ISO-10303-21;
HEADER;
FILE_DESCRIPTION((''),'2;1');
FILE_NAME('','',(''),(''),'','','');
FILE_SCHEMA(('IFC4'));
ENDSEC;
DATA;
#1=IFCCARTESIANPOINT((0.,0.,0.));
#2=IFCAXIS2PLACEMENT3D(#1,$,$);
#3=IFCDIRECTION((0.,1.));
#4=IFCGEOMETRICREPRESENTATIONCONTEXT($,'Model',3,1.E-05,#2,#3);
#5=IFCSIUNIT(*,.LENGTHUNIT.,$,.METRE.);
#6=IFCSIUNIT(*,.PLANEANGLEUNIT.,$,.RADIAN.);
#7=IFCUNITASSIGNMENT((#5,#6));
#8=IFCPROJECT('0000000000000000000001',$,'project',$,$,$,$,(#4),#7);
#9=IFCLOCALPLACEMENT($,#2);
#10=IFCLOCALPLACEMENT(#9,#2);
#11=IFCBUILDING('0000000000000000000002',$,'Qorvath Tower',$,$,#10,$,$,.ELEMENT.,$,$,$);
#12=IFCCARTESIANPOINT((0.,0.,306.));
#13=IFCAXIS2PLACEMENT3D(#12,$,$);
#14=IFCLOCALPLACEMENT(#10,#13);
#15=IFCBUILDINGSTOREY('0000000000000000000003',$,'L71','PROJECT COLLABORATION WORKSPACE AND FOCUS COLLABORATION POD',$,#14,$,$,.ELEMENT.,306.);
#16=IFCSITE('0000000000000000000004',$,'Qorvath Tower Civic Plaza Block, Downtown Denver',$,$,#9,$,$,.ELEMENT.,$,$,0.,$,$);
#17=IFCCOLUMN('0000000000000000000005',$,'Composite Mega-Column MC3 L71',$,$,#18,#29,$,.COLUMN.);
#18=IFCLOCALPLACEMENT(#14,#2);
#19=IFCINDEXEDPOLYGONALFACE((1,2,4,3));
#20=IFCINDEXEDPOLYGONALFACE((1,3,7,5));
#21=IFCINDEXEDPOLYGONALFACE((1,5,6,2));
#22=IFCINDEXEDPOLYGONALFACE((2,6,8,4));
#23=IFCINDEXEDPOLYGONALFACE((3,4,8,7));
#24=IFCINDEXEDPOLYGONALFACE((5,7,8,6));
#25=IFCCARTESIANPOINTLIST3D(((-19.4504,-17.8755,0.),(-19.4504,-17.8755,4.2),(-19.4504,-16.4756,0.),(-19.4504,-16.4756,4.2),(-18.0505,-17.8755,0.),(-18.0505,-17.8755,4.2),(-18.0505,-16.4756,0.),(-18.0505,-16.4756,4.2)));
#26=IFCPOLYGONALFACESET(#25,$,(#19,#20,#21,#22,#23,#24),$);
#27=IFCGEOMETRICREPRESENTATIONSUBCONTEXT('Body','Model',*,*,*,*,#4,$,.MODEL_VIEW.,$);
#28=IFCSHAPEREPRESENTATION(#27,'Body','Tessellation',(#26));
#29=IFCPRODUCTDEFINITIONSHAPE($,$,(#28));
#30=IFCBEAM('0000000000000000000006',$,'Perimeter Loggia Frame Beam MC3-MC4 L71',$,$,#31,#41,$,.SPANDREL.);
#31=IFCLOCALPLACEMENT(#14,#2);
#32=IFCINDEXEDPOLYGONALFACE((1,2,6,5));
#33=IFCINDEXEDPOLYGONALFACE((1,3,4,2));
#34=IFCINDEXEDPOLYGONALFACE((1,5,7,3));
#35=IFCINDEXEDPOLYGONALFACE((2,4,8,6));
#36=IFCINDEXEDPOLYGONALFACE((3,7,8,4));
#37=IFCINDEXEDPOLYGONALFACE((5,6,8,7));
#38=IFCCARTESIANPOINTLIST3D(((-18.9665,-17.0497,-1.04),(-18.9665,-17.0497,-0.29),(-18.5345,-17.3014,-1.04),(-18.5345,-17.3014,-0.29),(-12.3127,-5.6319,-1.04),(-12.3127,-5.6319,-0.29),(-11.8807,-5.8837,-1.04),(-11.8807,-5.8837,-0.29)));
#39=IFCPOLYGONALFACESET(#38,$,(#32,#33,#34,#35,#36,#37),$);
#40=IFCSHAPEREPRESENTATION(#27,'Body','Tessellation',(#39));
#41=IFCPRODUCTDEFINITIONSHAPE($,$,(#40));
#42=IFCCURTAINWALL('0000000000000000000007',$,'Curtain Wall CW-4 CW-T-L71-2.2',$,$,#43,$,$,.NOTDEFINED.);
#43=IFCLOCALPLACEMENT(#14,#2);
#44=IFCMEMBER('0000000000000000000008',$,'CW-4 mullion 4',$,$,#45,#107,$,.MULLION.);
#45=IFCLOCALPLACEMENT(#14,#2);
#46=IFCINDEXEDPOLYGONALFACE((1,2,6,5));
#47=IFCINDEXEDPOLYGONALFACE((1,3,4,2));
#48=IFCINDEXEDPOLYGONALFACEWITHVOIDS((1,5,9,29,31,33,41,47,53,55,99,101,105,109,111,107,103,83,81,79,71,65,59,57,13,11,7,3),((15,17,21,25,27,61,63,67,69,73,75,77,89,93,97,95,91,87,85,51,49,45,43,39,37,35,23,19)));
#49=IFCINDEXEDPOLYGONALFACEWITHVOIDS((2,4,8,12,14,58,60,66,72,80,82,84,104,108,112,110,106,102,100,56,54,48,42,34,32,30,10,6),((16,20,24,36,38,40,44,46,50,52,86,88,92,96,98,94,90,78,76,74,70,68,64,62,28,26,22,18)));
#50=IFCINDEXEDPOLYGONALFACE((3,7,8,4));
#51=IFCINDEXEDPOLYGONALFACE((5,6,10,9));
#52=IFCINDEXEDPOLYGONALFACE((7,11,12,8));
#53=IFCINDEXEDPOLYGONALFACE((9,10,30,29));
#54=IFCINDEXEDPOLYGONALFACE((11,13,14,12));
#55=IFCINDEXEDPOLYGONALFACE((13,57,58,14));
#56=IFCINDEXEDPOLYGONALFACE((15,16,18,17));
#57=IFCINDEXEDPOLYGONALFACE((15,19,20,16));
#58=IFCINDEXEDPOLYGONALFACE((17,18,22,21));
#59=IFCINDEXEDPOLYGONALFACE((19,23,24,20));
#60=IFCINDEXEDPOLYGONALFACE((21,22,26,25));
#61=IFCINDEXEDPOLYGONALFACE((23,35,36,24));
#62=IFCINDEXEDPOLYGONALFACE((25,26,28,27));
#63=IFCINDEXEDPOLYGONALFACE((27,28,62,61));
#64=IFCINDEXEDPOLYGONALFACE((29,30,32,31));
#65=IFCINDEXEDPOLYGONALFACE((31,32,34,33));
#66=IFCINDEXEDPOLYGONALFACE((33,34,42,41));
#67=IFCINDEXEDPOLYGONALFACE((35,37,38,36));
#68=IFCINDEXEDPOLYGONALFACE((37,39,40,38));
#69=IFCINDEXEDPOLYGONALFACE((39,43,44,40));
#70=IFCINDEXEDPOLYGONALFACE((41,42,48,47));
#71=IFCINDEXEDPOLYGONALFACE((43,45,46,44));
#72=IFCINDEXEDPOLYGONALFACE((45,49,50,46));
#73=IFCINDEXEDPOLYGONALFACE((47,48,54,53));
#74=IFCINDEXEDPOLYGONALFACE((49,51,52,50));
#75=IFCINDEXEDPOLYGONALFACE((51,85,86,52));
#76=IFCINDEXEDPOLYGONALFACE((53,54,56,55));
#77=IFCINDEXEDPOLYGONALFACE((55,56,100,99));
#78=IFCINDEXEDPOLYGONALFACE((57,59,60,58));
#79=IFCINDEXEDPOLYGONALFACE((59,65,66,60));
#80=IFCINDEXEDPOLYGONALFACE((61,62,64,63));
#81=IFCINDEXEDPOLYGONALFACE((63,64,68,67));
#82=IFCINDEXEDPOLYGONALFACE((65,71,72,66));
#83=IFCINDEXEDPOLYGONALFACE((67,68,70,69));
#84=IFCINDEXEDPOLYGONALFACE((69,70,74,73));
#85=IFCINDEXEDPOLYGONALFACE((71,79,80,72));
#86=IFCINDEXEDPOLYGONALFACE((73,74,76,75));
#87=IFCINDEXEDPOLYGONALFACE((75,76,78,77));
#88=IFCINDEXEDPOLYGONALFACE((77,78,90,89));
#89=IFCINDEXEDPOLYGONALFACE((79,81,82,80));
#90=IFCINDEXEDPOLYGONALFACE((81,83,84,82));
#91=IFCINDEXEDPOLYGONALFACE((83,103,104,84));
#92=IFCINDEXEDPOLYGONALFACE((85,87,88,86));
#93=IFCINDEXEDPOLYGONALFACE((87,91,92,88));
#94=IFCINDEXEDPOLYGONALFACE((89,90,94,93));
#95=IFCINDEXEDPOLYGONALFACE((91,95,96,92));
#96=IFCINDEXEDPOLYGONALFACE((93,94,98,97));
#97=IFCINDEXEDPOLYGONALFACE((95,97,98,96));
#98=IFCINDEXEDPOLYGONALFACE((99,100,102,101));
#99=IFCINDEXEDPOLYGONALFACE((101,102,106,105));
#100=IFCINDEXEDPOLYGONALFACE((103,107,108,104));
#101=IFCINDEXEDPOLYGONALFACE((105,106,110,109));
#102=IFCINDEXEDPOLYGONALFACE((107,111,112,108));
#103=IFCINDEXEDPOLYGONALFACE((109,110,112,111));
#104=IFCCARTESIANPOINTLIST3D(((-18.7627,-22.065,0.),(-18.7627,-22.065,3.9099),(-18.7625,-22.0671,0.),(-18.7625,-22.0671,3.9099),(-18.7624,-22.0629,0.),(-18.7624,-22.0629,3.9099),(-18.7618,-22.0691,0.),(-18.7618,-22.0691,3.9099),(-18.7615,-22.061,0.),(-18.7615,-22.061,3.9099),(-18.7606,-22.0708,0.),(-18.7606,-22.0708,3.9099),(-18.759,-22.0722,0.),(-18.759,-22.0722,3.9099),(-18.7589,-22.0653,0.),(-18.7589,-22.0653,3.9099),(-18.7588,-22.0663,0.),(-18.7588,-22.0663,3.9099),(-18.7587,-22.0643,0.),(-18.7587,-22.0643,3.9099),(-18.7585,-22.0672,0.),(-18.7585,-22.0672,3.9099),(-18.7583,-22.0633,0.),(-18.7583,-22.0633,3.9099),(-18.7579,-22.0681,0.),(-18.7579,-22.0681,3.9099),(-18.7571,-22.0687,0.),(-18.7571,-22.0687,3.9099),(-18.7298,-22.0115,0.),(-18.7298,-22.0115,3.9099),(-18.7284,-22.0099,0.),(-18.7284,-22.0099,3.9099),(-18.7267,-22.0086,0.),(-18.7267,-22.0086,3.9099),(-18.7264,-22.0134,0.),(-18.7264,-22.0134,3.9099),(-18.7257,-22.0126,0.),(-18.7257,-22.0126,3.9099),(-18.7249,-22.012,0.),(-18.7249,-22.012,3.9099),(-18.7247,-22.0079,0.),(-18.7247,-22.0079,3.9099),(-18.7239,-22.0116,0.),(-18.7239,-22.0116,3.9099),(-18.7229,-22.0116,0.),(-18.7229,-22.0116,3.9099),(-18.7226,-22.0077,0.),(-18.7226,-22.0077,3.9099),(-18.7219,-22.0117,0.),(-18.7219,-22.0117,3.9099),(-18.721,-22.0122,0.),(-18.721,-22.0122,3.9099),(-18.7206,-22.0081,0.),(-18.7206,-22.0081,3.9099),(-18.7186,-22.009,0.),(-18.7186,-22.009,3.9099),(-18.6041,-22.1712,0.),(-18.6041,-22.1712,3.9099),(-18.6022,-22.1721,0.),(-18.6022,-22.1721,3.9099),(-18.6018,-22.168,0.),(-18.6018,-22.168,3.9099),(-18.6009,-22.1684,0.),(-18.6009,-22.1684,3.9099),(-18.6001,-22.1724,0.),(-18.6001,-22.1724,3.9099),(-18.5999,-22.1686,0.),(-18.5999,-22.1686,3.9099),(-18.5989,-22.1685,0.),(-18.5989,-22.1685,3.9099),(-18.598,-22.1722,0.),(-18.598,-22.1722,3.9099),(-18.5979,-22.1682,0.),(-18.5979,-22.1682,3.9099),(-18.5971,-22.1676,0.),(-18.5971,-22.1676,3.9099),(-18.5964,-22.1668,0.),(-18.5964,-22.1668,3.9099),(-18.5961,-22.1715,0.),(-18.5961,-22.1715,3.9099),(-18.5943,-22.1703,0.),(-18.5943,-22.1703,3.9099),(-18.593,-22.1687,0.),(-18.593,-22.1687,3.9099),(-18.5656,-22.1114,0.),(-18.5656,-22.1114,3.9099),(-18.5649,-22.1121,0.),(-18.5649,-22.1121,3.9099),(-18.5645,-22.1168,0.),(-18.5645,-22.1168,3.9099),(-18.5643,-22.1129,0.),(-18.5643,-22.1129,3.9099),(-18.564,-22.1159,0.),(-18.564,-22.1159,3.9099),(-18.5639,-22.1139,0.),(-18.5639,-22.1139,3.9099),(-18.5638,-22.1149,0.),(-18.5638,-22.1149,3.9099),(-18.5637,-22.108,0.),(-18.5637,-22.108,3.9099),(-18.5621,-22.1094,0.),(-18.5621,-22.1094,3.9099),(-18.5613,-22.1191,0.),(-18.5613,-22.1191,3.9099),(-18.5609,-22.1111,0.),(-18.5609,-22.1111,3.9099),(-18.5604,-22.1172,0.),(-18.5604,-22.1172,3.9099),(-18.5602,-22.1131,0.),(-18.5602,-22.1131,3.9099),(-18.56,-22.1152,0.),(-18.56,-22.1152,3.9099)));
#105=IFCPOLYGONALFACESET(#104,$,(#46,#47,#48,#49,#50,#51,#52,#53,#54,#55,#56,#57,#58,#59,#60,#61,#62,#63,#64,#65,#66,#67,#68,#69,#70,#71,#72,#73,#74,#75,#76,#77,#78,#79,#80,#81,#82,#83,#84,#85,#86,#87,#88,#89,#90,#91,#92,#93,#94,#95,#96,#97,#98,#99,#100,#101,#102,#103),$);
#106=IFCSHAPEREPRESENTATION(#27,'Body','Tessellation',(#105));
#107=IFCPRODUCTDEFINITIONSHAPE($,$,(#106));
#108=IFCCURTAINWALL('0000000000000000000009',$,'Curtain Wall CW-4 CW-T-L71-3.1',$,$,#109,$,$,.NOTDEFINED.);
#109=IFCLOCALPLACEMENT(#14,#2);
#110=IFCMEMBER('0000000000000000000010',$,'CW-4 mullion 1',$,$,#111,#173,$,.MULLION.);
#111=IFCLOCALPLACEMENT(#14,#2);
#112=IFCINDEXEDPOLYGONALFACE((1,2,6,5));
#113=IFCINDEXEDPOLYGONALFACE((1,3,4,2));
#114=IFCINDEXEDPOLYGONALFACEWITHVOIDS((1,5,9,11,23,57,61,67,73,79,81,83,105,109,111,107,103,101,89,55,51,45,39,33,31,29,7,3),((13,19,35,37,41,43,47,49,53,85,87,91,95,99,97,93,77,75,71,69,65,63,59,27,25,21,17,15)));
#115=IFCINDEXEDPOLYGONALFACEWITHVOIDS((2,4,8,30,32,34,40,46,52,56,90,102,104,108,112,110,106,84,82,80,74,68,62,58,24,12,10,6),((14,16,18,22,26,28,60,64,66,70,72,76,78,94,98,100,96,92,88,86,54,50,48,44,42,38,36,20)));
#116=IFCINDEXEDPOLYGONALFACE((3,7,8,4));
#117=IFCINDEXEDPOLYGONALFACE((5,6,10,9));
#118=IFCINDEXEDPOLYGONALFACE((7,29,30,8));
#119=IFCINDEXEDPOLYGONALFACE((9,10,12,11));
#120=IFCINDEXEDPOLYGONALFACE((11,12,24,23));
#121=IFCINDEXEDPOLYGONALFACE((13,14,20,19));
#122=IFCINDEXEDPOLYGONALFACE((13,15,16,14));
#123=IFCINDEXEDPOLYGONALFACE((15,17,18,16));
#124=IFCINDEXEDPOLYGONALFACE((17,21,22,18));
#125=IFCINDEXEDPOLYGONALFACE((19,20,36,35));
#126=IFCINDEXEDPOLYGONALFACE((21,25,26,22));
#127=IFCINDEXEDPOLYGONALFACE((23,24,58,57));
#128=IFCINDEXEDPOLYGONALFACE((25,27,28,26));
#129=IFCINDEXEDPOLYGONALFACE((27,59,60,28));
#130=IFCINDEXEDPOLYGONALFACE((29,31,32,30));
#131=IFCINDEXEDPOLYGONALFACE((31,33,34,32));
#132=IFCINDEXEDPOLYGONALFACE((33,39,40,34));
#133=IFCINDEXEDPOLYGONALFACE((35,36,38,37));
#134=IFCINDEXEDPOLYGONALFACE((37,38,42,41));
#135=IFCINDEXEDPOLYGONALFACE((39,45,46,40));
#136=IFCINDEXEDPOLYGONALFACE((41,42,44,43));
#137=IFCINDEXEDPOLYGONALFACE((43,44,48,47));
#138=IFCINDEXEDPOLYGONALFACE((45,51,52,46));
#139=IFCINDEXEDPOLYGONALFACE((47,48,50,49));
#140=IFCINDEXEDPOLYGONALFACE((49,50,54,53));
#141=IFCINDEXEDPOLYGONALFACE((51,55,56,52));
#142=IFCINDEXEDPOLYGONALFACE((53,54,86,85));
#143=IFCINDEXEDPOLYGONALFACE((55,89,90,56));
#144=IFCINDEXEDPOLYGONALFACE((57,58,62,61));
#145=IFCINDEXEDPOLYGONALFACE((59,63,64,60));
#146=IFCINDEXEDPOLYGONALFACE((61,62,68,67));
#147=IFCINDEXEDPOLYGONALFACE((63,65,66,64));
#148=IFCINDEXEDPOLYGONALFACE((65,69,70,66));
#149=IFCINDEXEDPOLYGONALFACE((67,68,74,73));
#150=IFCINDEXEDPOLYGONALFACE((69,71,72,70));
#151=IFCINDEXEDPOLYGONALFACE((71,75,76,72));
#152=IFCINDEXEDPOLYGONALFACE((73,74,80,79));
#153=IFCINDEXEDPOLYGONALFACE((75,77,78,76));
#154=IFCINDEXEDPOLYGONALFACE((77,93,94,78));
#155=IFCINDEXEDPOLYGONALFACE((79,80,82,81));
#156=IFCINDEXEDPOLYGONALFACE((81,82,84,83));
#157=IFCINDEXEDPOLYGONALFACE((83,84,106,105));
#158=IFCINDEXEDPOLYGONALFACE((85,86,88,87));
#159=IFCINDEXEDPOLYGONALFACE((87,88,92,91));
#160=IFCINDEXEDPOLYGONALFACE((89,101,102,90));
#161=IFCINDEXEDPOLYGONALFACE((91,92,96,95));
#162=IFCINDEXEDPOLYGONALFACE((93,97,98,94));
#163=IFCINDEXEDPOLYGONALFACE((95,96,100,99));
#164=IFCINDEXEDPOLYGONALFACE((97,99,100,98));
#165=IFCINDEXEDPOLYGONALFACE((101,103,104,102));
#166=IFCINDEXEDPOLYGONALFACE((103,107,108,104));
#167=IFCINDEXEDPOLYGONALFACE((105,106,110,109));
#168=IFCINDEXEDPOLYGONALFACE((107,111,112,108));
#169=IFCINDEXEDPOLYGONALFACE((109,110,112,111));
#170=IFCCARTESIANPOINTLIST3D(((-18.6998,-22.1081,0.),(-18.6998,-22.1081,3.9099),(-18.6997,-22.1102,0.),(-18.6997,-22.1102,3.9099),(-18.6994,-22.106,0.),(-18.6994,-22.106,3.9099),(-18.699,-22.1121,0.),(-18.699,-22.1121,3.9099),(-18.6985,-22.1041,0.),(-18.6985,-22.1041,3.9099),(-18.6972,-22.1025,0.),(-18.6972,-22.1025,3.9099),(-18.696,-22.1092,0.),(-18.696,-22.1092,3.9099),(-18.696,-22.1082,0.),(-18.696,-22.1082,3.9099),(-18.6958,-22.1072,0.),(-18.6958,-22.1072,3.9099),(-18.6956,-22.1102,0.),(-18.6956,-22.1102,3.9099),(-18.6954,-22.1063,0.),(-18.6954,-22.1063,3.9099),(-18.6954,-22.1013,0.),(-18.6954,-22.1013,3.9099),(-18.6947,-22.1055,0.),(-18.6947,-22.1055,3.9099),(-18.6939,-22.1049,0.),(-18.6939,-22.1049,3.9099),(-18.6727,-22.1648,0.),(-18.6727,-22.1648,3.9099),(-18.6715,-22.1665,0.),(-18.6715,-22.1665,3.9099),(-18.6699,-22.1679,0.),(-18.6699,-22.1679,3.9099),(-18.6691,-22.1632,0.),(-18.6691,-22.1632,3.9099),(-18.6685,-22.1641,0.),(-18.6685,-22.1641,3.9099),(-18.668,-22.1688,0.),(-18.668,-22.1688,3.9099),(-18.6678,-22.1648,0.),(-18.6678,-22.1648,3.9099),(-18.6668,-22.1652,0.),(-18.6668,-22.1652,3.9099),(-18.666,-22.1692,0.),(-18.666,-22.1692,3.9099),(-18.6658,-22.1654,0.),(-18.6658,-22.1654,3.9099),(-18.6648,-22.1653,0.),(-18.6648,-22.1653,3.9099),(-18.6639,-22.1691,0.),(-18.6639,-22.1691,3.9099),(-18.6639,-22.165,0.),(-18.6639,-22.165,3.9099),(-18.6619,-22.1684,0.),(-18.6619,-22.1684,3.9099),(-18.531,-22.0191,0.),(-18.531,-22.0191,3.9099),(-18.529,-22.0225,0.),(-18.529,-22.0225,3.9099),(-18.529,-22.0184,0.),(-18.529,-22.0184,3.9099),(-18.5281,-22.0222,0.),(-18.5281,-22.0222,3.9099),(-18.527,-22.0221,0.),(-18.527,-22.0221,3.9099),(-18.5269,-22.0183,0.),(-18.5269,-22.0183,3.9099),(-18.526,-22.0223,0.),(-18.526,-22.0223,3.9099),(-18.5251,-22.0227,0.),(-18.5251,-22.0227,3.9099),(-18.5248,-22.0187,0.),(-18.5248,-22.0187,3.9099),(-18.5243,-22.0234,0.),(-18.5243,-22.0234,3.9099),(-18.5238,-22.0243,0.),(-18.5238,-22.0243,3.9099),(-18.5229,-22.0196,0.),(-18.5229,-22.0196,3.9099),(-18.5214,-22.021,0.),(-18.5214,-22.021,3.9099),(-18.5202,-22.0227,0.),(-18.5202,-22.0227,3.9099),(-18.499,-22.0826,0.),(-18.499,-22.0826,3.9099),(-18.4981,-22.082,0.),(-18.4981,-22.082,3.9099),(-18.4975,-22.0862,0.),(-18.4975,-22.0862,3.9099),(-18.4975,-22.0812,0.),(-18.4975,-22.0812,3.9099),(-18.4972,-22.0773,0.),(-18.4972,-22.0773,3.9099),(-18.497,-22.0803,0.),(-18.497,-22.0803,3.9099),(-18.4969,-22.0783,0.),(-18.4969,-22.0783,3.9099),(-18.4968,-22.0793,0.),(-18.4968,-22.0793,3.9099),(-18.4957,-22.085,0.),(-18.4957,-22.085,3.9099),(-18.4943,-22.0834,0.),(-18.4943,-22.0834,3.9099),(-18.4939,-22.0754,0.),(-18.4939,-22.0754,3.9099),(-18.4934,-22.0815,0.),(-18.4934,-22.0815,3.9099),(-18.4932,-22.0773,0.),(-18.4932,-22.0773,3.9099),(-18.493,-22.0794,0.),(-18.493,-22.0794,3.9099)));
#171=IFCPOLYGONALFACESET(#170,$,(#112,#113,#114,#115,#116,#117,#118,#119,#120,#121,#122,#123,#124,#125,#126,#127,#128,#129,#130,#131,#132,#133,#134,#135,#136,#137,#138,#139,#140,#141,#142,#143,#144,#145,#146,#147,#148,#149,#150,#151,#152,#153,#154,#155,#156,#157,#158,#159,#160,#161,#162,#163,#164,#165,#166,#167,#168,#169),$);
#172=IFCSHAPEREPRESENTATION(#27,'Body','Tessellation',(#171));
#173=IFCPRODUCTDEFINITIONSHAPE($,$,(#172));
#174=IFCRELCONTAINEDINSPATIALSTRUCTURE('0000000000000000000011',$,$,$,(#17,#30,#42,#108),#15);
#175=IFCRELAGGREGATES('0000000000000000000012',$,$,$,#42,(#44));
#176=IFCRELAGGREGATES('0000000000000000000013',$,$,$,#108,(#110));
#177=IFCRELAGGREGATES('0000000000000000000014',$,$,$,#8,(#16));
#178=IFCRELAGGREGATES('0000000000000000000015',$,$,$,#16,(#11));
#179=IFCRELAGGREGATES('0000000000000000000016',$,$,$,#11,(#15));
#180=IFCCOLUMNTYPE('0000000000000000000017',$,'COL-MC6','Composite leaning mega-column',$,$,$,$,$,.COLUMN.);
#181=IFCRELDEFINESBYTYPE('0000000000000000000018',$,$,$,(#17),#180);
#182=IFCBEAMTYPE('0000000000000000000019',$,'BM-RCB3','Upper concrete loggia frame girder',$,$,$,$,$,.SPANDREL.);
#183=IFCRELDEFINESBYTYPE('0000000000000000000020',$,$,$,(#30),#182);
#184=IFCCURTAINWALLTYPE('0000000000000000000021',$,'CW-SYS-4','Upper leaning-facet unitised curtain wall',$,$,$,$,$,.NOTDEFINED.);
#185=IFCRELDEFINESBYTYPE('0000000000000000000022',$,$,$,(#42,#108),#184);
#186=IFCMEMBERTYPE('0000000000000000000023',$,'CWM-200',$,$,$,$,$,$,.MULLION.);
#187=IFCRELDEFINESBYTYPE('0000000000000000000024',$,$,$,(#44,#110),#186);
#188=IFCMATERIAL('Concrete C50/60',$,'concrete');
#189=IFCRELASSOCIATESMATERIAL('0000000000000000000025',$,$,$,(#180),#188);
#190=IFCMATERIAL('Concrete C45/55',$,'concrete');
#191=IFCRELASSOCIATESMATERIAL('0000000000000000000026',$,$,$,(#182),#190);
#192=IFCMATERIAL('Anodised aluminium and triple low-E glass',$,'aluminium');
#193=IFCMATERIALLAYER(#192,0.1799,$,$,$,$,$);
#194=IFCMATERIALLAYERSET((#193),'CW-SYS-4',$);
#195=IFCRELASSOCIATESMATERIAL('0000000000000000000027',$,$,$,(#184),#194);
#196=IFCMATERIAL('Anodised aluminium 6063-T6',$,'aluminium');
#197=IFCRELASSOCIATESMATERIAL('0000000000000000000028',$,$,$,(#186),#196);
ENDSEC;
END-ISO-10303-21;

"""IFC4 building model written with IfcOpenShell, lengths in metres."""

from ifc_helpers import new_model, si_unit, direction, frame, origin, origin_2d, place, context, subcontext, project, spatial, rectangle, hollow_rectangle, extrude, material, layer, layer_set, material_profile, profile_set, type_object, element, aggregate, save


model = new_model("IFC4")

# Units and contexts
model_context = context("Model", 3, precision=1e-05, world=origin(), true_north=direction((0.0, 1.0)))
body_context = subcontext(model_context, "Body", "Model", "MODEL_VIEW")
ifc_project = project(units=[si_unit("LENGTHUNIT", "METRE"), si_unit("PLANEANGLEUNIT", "RADIAN")], contexts=[model_context])

# Site, building, storey
site_placement = place(None, origin())
site = spatial("IfcSite", under=ifc_project, at=site_placement, Name="Qorvath Tower Civic Plaza Block, Downtown Denver", CompositionType="ELEMENT", RefElevation=0.0)
building_placement = place(site_placement, origin())
building = spatial("IfcBuilding", under=site, at=building_placement, Name="Qorvath Tower", CompositionType="ELEMENT")
storey_placement = place(building_placement, frame((0.0, 0.0, 306.0)))
storey = spatial("IfcBuildingStorey", under=building, at=storey_placement, Name="L71", Description="PROJECT COLLABORATION WORKSPACE AND FOCUS COLLABORATION POD", CompositionType="ELEMENT", Elevation=306.0)

# Column
ifc_material_1 = material(Name="Concrete C50/60", Category="concrete")
ifc_material_profile_1 = material_profile(ifc_material_1, rectangle(XDim=1.3999, YDim=1.3999, at=origin_2d()), Name="MC 1400x1400")
ifc_profile_set_1 = profile_set([ifc_material_profile_1], Name="Concrete C50/60")
column_type = type_object("IfcColumnType", Name="COL-MC6", Description="Composite leaning mega-column", PredefinedType="COLUMN", material=ifc_profile_set_1)
column_placement = place(storey_placement, frame((-18.7505, -17.1755, 0.0), z_axis=(0.0, 0.0, 1.0), x_axis=(1.0, 0.0, 0.0)))
element("IfcColumn", 1, at=column_placement, inside=storey, type_object=column_type, Name="Composite Mega-Column MC3 L71", PredefinedType="COLUMN", context=body_context, shape_type="SweptSolid", body=[
    extrude(rectangle(XDim=1.3999, YDim=1.3999, at=origin_2d()), origin(), (0.0, 0.0, 1.0), 4.2),
])

# Beam
ifc_material_2 = material(Name="Concrete C45/55", Category="concrete")
ifc_material_profile_2 = material_profile(ifc_material_2, rectangle(XDim=0.5, YDim=0.75, at=origin_2d()), Name="RCB 750x500")
ifc_profile_set_2 = profile_set([ifc_material_profile_2], Name="Concrete C45/55")
beam_type = type_object("IfcBeamType", Name="BM-RCB3", Description="Upper concrete loggia frame girder", PredefinedType="SPANDREL", material=ifc_profile_set_2)
beam_placement = place(storey_placement, frame((-18.7505, -17.1755, -0.665), z_axis=(0.503502, 0.863994, 0.0), x_axis=(-0.863994, 0.503502, 0.0)))
element("IfcBeam", 2, at=beam_placement, inside=storey, type_object=beam_type, Name="Perimeter Loggia Frame Beam MC3-MC4 L71", PredefinedType="SPANDREL", context=body_context, shape_type="SweptSolid", body=[
    extrude(rectangle(XDim=0.5, YDim=0.75, at=origin_2d()), origin(), (0.0, 0.0, 1.0), 13.2151),
])

# Curtain wall, member
ifc_material_3 = material(Name="Anodised aluminium and triple low-E glass", Category="aluminium")
ifc_layer_1 = layer(ifc_material_3, 0.1799)
ifc_layer_set_1 = layer_set([ifc_layer_1], Name="CW-SYS-4")
curtain_wall_type = type_object("IfcCurtainWallType", Name="CW-SYS-4", Description="Upper leaning-facet unitised curtain wall", PredefinedType="NOTDEFINED", material=ifc_layer_set_1)
curtain_wall_1_placement = place(storey_placement, origin())
curtain_wall_1 = element("IfcCurtainWall", 3, at=curtain_wall_1_placement, inside=storey, type_object=curtain_wall_type, Name="Curtain Wall CW-4 CW-T-L71-2.2", PredefinedType="NOTDEFINED")
ifc_material_4 = material(Name="Anodised aluminium 6063-T6", Category="aluminium")
ifc_material_profile_3 = material_profile(ifc_material_4, hollow_rectangle(XDim=0.075, YDim=0.2, WallThickness=0.0039, InnerFilletRadius=0.0039, OuterFilletRadius=0.0081, at=origin_2d()), Name="CWM 200x75")
ifc_profile_set_3 = profile_set([ifc_material_profile_3], Name="Anodised aluminium 6063-T6")
member_type_1 = type_object("IfcMemberType", Name="CWM-200", PredefinedType="MULLION", material=ifc_profile_set_3)
member_1_placement = place(storey_placement, frame((-18.6614, -22.0901, 0.0), z_axis=(0.0, 0.0, 1.0), x_axis=(0.538533, 0.842604, 0.0)))
member_1 = element("IfcMember", 4, at=member_1_placement, type_object=member_type_1, Name="CW-4 mullion 4", PredefinedType="MULLION", context=body_context, shape_type="SweptSolid", body=[
    extrude(hollow_rectangle(XDim=0.075, YDim=0.2, WallThickness=0.0039, InnerFilletRadius=0.0039, OuterFilletRadius=0.0081, at=origin_2d()), origin(), (0.0, 0.0, 1.0), 3.9099),
])

# Curtain wall, member
curtain_wall_2_placement = place(storey_placement, origin())
curtain_wall_2 = element("IfcCurtainWall", 5, at=curtain_wall_2_placement, inside=storey, type_object=curtain_wall_type, Name="Curtain Wall CW-4 CW-T-L71-3.1", PredefinedType="NOTDEFINED")
member_2_placement = place(storey_placement, frame((-18.5964, -22.0938, 0.0), z_axis=(0.0, 0.0, 1.0), x_axis=(-0.447225, 0.894422, 0.0)))
member_2 = element("IfcMember", 6, at=member_2_placement, type_object=member_type_1, Name="CW-4 mullion 1", PredefinedType="MULLION", context=body_context, shape_type="SweptSolid", body=[
    extrude(hollow_rectangle(XDim=0.075, YDim=0.2, WallThickness=0.0039, InnerFilletRadius=0.0039, OuterFilletRadius=0.0081, at=origin_2d()), origin(), (0.0, 0.0, 1.0), 3.9099),
])

aggregate(curtain_wall_1, [member_1])
aggregate(curtain_wall_2, [member_2])

save(model, "model.ifc")
